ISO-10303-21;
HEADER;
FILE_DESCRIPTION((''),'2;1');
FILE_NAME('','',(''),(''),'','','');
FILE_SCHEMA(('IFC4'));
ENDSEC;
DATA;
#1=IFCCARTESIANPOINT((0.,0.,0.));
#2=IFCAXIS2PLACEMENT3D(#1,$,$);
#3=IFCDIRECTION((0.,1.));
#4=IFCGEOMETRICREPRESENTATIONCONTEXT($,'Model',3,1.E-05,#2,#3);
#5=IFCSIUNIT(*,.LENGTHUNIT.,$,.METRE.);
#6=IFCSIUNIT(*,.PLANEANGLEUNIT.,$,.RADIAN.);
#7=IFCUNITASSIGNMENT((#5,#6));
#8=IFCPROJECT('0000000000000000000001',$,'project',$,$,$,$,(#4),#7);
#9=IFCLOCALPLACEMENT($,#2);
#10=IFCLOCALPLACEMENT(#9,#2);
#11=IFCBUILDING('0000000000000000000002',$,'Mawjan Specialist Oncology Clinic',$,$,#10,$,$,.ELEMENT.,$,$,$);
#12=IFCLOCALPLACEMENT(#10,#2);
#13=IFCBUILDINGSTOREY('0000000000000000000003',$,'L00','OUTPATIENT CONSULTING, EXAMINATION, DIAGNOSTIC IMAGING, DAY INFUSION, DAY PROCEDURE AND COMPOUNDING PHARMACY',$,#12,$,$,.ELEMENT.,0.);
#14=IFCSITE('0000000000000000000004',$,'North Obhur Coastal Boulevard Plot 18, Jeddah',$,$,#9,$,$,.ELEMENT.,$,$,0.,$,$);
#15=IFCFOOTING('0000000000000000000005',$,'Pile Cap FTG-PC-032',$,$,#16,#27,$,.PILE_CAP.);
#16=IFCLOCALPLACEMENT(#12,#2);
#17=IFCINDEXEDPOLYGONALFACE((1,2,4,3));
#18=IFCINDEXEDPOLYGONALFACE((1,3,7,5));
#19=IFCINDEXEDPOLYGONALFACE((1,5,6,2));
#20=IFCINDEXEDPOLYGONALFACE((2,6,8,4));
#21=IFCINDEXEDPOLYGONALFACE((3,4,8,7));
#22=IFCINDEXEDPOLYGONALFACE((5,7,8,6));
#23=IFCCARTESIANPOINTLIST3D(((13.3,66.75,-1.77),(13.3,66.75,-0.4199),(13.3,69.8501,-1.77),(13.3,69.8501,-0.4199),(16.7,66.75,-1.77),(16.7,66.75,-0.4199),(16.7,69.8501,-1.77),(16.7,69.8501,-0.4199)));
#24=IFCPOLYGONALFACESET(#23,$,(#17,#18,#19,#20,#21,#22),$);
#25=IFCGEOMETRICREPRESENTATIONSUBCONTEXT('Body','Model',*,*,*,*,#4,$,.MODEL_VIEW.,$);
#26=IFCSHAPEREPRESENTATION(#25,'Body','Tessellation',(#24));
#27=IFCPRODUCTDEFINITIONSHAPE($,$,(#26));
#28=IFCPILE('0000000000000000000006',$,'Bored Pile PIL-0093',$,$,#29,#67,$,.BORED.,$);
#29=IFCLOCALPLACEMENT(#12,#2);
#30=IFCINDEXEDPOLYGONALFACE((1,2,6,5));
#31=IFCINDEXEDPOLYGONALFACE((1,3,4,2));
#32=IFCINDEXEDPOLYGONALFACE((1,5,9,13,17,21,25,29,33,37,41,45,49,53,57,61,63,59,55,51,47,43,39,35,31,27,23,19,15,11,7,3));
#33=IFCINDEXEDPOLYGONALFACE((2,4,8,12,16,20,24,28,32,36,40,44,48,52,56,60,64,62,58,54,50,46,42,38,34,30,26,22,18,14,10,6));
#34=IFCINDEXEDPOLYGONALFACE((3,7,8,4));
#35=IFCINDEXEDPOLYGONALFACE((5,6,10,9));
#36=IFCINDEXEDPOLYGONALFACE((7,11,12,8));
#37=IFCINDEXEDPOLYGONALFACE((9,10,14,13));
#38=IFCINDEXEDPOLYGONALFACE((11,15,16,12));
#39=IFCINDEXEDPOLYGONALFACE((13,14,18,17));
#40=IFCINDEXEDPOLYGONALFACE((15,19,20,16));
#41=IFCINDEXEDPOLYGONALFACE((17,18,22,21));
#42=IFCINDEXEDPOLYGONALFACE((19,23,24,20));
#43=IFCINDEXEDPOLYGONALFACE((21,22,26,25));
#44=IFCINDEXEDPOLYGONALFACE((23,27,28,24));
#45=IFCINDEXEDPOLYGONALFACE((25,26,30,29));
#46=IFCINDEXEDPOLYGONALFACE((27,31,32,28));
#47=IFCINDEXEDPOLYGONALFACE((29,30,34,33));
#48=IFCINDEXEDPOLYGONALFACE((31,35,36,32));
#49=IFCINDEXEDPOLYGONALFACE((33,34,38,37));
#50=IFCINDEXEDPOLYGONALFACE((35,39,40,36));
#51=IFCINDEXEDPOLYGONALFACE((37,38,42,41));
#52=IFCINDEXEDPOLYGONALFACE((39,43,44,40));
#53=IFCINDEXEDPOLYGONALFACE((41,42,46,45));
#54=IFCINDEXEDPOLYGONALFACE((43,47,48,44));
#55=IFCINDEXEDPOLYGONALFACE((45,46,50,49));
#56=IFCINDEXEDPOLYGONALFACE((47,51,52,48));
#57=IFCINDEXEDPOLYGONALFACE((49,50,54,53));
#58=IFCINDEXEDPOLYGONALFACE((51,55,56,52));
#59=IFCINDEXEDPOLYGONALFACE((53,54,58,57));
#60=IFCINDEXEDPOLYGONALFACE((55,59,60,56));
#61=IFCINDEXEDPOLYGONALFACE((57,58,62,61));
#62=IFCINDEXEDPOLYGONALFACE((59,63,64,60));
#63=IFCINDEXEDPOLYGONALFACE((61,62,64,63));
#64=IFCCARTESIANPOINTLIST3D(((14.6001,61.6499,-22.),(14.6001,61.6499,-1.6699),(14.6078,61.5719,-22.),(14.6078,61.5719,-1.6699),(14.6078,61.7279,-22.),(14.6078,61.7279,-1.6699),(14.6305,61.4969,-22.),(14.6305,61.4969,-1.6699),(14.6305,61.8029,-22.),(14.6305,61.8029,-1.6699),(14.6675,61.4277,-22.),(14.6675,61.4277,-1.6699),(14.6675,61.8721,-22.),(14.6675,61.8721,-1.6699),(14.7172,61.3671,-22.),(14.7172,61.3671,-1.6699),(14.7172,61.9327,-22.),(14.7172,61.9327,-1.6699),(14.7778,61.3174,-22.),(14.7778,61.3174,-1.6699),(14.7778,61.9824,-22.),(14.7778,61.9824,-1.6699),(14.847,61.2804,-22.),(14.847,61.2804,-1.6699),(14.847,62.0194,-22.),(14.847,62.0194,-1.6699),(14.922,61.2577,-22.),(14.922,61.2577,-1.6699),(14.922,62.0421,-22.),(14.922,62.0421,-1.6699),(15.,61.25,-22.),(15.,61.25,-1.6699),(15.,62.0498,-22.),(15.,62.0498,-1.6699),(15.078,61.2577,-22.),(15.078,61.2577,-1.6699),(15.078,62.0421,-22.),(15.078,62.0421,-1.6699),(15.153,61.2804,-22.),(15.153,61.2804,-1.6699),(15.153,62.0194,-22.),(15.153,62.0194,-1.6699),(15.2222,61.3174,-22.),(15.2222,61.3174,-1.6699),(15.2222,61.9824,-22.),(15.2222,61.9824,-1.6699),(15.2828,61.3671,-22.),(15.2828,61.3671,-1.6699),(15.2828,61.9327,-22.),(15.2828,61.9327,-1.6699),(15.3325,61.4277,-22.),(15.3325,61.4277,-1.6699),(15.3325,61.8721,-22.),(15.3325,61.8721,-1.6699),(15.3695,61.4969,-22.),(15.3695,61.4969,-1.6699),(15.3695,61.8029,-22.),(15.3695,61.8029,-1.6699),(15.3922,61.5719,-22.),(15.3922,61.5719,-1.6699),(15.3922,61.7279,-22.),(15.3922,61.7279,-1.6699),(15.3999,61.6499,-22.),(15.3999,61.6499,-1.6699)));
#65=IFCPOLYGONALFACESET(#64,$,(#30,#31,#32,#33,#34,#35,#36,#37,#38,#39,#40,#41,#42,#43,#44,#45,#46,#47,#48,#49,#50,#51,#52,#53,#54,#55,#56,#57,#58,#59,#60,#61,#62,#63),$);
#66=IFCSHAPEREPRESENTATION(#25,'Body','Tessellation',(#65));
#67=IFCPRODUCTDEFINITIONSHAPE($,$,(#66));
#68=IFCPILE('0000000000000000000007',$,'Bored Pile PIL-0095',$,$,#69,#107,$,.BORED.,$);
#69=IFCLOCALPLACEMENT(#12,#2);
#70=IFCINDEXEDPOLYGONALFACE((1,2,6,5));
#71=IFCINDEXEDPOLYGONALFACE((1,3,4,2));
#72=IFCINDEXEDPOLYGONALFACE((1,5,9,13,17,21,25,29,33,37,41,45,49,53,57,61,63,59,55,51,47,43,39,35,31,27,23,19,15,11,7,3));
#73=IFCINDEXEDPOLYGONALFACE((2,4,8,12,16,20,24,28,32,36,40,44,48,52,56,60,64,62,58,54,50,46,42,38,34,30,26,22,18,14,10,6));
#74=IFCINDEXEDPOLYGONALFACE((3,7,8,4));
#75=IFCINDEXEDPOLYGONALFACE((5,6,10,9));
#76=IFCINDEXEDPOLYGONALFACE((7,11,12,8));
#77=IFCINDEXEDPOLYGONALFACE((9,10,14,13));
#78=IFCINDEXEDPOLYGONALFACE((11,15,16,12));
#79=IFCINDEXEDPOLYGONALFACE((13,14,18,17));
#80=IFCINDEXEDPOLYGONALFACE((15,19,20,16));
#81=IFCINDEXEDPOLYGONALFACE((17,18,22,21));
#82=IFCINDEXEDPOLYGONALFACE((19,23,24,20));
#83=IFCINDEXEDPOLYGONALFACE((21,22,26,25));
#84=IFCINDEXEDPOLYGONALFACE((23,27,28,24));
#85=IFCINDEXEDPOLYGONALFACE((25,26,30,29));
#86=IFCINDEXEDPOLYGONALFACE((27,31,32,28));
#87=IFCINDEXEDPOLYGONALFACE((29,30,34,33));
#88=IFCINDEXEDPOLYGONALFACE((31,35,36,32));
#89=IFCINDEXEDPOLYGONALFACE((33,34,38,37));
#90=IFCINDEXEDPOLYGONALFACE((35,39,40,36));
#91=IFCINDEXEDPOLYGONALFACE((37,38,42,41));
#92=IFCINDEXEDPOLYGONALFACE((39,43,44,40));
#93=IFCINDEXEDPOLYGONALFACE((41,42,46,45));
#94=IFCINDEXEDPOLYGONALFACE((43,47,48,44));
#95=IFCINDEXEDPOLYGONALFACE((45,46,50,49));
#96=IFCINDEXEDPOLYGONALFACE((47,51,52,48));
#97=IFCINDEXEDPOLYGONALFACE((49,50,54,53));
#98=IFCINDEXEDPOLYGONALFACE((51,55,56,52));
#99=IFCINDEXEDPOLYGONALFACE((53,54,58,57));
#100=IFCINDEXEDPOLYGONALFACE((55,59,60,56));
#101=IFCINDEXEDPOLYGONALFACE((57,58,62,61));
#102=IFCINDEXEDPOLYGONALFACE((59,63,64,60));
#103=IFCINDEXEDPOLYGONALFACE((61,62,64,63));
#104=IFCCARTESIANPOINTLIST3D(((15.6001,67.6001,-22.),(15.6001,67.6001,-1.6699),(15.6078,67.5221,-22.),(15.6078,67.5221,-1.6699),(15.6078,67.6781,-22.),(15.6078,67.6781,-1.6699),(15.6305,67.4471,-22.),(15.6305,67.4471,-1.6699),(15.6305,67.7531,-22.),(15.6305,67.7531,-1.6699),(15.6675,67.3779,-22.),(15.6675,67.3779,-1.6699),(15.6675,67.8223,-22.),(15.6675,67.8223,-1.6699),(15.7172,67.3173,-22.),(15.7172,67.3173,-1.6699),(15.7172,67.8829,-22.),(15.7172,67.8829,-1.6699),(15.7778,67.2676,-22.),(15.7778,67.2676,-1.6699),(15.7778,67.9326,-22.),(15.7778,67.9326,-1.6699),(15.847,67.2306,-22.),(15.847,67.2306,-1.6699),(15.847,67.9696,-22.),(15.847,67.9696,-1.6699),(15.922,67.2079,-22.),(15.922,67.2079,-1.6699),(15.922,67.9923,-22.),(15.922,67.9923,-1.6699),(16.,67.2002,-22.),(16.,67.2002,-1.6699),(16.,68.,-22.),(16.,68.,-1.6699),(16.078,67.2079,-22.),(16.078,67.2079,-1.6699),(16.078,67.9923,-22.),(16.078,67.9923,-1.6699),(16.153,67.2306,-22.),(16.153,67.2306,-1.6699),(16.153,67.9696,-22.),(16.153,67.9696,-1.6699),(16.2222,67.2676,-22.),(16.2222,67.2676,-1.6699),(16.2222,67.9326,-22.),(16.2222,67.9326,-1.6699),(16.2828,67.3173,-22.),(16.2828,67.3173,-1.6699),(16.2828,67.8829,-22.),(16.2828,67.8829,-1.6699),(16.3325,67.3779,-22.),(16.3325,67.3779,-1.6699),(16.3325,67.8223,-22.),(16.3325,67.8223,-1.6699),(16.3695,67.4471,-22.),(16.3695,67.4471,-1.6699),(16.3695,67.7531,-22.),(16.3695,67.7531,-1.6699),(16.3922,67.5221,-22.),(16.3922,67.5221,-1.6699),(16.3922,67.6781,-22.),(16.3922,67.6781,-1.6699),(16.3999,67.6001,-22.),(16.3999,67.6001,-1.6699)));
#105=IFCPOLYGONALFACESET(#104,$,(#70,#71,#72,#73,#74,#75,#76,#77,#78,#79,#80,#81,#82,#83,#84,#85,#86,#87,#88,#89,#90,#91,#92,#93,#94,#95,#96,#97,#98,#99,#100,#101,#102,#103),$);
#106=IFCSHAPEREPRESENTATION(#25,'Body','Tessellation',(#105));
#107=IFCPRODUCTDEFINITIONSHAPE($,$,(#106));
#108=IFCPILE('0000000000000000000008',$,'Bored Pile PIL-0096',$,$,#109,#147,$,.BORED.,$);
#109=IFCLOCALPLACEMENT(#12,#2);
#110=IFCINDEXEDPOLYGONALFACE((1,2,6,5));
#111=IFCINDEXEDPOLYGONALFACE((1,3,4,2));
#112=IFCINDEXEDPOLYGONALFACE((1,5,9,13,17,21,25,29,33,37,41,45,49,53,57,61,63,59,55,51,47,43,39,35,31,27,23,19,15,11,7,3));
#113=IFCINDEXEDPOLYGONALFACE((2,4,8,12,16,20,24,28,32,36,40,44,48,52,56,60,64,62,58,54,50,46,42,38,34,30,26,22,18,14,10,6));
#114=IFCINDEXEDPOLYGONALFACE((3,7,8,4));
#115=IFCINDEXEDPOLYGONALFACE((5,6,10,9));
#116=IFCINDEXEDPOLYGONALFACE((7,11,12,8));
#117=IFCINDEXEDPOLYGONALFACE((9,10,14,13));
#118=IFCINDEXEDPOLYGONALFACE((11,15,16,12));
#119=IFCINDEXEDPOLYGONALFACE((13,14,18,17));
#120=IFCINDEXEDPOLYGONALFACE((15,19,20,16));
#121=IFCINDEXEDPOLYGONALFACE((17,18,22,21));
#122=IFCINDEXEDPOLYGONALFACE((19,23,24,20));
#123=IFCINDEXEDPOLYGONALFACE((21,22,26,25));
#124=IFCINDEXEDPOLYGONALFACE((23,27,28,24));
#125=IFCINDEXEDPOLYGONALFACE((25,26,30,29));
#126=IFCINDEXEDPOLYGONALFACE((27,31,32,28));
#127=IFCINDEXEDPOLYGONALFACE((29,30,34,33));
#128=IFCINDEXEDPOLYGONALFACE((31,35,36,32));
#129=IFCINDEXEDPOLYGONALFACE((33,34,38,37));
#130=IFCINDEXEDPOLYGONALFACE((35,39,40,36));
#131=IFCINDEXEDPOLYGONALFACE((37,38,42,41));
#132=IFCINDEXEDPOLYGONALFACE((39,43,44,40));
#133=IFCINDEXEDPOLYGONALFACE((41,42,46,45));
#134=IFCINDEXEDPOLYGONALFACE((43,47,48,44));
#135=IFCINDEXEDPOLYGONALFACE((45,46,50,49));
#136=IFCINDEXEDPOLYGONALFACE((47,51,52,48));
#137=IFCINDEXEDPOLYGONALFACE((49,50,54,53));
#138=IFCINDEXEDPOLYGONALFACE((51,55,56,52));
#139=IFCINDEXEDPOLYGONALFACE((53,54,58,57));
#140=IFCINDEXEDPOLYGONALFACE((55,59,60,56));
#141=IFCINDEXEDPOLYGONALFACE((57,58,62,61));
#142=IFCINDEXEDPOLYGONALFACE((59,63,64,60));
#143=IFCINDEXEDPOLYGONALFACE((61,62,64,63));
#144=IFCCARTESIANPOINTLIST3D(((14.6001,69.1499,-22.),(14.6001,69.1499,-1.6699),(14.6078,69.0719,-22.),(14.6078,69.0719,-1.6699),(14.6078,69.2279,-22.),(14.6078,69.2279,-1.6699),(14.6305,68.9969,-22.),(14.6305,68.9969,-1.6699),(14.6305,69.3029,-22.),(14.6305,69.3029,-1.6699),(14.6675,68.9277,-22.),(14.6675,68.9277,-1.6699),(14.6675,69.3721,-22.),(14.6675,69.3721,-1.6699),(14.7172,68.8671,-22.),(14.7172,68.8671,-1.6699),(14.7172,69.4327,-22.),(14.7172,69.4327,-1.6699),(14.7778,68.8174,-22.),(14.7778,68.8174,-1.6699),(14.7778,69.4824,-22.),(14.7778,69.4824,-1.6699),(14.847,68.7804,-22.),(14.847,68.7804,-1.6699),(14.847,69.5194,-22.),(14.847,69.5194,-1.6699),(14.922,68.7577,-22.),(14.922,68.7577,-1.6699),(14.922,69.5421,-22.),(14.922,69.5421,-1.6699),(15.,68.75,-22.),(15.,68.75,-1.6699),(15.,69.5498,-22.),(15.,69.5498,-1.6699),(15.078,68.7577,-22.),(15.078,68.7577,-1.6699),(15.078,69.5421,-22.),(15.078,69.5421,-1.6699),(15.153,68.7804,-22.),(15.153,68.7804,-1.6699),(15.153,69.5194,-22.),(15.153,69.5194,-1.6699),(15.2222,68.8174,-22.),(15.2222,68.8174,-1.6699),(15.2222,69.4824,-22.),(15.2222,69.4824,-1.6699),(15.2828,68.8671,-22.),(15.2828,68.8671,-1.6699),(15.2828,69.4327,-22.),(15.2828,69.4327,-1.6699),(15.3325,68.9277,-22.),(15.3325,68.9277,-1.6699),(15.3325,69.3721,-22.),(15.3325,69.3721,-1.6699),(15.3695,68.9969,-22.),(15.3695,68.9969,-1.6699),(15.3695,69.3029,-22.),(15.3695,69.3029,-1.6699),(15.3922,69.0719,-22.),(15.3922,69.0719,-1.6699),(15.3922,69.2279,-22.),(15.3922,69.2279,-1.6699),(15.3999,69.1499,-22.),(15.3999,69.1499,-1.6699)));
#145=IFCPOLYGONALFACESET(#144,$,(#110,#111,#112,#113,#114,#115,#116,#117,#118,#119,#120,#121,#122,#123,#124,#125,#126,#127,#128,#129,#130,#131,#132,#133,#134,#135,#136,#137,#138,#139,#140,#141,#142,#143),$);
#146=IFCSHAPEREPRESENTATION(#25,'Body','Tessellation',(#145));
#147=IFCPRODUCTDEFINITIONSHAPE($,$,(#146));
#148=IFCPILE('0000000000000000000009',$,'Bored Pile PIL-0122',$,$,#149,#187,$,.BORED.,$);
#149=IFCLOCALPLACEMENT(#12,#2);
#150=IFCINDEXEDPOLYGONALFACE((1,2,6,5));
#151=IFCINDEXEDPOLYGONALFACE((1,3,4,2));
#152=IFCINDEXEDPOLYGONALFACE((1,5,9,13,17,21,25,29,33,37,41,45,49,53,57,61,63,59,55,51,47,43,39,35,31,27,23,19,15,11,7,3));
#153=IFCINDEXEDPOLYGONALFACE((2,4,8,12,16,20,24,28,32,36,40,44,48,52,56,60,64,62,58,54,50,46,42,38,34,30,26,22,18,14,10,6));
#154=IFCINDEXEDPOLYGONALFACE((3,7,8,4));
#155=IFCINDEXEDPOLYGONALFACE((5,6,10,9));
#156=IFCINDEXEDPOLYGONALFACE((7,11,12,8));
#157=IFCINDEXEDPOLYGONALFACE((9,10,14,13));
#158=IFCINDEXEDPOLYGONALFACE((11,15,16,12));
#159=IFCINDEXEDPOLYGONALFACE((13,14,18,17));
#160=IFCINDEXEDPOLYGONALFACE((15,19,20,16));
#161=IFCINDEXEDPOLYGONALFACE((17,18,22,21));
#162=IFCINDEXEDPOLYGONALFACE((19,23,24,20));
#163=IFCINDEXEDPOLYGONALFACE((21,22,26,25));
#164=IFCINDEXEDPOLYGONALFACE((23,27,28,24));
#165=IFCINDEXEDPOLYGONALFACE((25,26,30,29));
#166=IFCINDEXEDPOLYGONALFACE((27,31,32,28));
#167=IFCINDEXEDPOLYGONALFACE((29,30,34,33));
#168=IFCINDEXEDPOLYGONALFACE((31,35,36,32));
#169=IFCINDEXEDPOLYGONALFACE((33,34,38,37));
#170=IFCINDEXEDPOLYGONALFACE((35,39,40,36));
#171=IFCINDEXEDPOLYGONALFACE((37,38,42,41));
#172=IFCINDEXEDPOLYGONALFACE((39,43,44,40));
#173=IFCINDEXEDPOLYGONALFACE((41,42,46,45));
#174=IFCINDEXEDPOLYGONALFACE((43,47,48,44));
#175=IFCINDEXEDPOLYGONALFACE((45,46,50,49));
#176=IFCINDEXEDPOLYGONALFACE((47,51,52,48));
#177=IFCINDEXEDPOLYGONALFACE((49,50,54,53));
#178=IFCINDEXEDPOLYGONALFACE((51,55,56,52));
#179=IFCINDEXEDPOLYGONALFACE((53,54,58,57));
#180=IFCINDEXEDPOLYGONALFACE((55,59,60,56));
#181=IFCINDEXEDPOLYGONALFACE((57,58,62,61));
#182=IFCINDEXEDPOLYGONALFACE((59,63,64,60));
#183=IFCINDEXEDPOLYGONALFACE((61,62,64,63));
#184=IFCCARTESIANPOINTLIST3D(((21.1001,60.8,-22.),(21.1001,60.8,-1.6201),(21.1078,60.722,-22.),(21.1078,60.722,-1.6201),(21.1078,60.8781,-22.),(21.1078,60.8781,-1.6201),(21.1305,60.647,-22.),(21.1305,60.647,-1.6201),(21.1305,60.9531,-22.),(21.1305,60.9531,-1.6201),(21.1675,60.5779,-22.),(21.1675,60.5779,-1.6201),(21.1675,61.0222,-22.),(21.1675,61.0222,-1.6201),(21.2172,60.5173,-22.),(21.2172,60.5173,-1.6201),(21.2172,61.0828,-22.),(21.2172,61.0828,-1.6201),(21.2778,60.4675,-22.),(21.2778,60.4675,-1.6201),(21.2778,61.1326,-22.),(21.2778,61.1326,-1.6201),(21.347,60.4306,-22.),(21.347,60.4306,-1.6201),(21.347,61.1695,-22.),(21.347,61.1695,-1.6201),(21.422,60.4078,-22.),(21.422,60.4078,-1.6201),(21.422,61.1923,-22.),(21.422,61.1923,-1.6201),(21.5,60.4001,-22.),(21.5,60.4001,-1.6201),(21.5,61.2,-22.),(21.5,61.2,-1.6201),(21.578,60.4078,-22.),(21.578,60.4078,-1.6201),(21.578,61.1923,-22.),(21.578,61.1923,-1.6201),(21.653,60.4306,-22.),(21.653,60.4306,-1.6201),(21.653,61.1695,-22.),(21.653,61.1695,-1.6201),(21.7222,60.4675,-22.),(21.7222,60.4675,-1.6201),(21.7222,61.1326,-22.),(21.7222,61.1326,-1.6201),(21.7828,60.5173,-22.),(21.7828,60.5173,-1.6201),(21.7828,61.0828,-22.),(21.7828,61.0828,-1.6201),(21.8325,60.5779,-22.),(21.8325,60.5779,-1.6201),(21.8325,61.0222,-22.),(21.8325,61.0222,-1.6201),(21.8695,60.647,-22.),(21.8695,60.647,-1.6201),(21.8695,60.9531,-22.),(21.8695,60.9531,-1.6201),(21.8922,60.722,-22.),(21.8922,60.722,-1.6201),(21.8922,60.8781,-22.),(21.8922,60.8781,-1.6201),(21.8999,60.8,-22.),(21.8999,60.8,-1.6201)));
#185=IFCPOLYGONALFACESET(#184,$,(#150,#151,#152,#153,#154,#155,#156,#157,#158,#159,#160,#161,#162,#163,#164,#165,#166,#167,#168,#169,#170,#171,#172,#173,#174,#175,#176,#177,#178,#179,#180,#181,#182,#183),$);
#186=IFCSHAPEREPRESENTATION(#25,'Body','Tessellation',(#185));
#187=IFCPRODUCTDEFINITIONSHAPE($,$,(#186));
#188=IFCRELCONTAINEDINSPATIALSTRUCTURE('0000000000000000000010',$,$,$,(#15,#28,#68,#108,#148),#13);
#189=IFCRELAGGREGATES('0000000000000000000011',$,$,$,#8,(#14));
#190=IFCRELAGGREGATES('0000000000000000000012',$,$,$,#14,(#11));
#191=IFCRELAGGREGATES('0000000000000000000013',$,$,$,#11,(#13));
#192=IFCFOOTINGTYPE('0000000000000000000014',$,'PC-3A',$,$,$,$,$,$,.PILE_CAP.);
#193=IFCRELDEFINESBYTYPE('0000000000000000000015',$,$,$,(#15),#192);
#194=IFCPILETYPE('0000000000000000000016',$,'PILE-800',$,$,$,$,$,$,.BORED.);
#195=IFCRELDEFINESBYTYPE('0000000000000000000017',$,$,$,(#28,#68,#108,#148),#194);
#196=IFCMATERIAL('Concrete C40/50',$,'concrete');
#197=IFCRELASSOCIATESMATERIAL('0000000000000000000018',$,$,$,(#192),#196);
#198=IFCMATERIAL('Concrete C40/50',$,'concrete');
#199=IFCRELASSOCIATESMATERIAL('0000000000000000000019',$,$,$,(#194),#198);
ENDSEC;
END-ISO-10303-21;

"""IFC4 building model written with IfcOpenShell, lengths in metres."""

from ifc_helpers import new_model, si_unit, direction, frame, origin, origin_2d, place, context, subcontext, project, spatial, rectangle, circle, extrude, material, material_profile, profile_set, type_object, element, save


model = new_model("IFC4")

# Units and contexts
model_context = context("Model", 3, precision=1e-05, world=origin(), true_north=direction((0.0, 1.0)))
body_context = subcontext(model_context, "Body", "Model", "MODEL_VIEW")
ifc_project = project(units=[si_unit("LENGTHUNIT", "METRE"), si_unit("PLANEANGLEUNIT", "RADIAN")], contexts=[model_context])

# Site, building, storey
site_placement = place(None, origin())
site = spatial("IfcSite", under=ifc_project, at=site_placement, Name="North Obhur Coastal Boulevard Plot 18, Jeddah", CompositionType="ELEMENT", RefElevation=0.0)
building_placement = place(site_placement, origin())
building = spatial("IfcBuilding", under=site, at=building_placement, Name="Mawjan Specialist Oncology Clinic", CompositionType="ELEMENT")
storey_placement = place(building_placement, origin())
storey = spatial("IfcBuildingStorey", under=building, at=storey_placement, Name="L00", Description="OUTPATIENT CONSULTING, EXAMINATION, DIAGNOSTIC IMAGING, DAY INFUSION, DAY PROCEDURE AND COMPOUNDING PHARMACY", CompositionType="ELEMENT", Elevation=0.0)

# Footing
ifc_material_1 = material(Name="Concrete C40/50", Category="concrete")
footing_type_1 = type_object("IfcFootingType", Name="PC-3A", PredefinedType="PILE_CAP", material=ifc_material_1)
footing_1_placement = place(storey_placement, frame((15.0, 68.3, -1.77), z_axis=(0.0, 0.0, 1.0), x_axis=(1.0, 0.0, 0.0)))
element("IfcFooting", 1, at=footing_1_placement, inside=storey, type_object=footing_type_1, Name="Pile Cap FTG-PC-032", PredefinedType="PILE_CAP", context=body_context, shape_type="SweptSolid", body=[
    extrude(rectangle(XDim=3.3999, YDim=3.1001, at=origin_2d()), origin(), (0.0, 0.0, 1.0), 1.3501),
])

# Piles
ifc_material_2 = material(Name="Concrete C40/50", Category="concrete")
ifc_material_profile_1 = material_profile(ifc_material_2, circle(Radius=0.3999, at=origin_2d()), Name="BORED PILE D800", Category="concrete")
ifc_profile_set_1 = profile_set([ifc_material_profile_1], Name="Concrete C40/50")
pile_type = type_object("IfcPileType", Name="PILE-800", PredefinedType="BORED", material=ifc_profile_set_1)
for number, where, z_axis, x_axis, name in (
    (2, (15.0, 61.6499, -1.6699), (0.0, 0.0, -1.0), (1.0, 0.0, 0.0), "Bored Pile PIL-0093"),
    (3, (16.0, 67.6001, -1.6699), (0.0, 0.0, -1.0), (1.0, 0.0, 0.0), "Bored Pile PIL-0095"),
    (4, (15.0, 69.1499, -1.6699), (0.0, 0.0, -1.0), (1.0, 0.0, 0.0), "Bored Pile PIL-0096"),
):
    element("IfcPile", number, at=place(storey_placement, frame(where, z_axis=z_axis, x_axis=x_axis)), inside=storey, type_object=pile_type, Name=name, PredefinedType="BORED", context=body_context, shape_type="SweptSolid", body=[
        extrude(circle(Radius=0.3999, at=origin_2d()), origin(), (0.0, 0.0, 1.0), 20.3301),
    ])
for number, where, z_axis, x_axis, name in (
    (5, (21.5, 60.8, -1.6201), (0.0, 0.0, -1.0), (1.0, 0.0, 0.0), "Bored Pile PIL-0122"),
):
    element("IfcPile", number, at=place(storey_placement, frame(where, z_axis=z_axis, x_axis=x_axis)), inside=storey, type_object=pile_type, Name=name, PredefinedType="BORED", context=body_context, shape_type="SweptSolid", body=[
        extrude(circle(Radius=0.3999, at=origin_2d()), origin(), (0.0, 0.0, 1.0), 20.3799),
    ])

save(model, "model.ifc")
